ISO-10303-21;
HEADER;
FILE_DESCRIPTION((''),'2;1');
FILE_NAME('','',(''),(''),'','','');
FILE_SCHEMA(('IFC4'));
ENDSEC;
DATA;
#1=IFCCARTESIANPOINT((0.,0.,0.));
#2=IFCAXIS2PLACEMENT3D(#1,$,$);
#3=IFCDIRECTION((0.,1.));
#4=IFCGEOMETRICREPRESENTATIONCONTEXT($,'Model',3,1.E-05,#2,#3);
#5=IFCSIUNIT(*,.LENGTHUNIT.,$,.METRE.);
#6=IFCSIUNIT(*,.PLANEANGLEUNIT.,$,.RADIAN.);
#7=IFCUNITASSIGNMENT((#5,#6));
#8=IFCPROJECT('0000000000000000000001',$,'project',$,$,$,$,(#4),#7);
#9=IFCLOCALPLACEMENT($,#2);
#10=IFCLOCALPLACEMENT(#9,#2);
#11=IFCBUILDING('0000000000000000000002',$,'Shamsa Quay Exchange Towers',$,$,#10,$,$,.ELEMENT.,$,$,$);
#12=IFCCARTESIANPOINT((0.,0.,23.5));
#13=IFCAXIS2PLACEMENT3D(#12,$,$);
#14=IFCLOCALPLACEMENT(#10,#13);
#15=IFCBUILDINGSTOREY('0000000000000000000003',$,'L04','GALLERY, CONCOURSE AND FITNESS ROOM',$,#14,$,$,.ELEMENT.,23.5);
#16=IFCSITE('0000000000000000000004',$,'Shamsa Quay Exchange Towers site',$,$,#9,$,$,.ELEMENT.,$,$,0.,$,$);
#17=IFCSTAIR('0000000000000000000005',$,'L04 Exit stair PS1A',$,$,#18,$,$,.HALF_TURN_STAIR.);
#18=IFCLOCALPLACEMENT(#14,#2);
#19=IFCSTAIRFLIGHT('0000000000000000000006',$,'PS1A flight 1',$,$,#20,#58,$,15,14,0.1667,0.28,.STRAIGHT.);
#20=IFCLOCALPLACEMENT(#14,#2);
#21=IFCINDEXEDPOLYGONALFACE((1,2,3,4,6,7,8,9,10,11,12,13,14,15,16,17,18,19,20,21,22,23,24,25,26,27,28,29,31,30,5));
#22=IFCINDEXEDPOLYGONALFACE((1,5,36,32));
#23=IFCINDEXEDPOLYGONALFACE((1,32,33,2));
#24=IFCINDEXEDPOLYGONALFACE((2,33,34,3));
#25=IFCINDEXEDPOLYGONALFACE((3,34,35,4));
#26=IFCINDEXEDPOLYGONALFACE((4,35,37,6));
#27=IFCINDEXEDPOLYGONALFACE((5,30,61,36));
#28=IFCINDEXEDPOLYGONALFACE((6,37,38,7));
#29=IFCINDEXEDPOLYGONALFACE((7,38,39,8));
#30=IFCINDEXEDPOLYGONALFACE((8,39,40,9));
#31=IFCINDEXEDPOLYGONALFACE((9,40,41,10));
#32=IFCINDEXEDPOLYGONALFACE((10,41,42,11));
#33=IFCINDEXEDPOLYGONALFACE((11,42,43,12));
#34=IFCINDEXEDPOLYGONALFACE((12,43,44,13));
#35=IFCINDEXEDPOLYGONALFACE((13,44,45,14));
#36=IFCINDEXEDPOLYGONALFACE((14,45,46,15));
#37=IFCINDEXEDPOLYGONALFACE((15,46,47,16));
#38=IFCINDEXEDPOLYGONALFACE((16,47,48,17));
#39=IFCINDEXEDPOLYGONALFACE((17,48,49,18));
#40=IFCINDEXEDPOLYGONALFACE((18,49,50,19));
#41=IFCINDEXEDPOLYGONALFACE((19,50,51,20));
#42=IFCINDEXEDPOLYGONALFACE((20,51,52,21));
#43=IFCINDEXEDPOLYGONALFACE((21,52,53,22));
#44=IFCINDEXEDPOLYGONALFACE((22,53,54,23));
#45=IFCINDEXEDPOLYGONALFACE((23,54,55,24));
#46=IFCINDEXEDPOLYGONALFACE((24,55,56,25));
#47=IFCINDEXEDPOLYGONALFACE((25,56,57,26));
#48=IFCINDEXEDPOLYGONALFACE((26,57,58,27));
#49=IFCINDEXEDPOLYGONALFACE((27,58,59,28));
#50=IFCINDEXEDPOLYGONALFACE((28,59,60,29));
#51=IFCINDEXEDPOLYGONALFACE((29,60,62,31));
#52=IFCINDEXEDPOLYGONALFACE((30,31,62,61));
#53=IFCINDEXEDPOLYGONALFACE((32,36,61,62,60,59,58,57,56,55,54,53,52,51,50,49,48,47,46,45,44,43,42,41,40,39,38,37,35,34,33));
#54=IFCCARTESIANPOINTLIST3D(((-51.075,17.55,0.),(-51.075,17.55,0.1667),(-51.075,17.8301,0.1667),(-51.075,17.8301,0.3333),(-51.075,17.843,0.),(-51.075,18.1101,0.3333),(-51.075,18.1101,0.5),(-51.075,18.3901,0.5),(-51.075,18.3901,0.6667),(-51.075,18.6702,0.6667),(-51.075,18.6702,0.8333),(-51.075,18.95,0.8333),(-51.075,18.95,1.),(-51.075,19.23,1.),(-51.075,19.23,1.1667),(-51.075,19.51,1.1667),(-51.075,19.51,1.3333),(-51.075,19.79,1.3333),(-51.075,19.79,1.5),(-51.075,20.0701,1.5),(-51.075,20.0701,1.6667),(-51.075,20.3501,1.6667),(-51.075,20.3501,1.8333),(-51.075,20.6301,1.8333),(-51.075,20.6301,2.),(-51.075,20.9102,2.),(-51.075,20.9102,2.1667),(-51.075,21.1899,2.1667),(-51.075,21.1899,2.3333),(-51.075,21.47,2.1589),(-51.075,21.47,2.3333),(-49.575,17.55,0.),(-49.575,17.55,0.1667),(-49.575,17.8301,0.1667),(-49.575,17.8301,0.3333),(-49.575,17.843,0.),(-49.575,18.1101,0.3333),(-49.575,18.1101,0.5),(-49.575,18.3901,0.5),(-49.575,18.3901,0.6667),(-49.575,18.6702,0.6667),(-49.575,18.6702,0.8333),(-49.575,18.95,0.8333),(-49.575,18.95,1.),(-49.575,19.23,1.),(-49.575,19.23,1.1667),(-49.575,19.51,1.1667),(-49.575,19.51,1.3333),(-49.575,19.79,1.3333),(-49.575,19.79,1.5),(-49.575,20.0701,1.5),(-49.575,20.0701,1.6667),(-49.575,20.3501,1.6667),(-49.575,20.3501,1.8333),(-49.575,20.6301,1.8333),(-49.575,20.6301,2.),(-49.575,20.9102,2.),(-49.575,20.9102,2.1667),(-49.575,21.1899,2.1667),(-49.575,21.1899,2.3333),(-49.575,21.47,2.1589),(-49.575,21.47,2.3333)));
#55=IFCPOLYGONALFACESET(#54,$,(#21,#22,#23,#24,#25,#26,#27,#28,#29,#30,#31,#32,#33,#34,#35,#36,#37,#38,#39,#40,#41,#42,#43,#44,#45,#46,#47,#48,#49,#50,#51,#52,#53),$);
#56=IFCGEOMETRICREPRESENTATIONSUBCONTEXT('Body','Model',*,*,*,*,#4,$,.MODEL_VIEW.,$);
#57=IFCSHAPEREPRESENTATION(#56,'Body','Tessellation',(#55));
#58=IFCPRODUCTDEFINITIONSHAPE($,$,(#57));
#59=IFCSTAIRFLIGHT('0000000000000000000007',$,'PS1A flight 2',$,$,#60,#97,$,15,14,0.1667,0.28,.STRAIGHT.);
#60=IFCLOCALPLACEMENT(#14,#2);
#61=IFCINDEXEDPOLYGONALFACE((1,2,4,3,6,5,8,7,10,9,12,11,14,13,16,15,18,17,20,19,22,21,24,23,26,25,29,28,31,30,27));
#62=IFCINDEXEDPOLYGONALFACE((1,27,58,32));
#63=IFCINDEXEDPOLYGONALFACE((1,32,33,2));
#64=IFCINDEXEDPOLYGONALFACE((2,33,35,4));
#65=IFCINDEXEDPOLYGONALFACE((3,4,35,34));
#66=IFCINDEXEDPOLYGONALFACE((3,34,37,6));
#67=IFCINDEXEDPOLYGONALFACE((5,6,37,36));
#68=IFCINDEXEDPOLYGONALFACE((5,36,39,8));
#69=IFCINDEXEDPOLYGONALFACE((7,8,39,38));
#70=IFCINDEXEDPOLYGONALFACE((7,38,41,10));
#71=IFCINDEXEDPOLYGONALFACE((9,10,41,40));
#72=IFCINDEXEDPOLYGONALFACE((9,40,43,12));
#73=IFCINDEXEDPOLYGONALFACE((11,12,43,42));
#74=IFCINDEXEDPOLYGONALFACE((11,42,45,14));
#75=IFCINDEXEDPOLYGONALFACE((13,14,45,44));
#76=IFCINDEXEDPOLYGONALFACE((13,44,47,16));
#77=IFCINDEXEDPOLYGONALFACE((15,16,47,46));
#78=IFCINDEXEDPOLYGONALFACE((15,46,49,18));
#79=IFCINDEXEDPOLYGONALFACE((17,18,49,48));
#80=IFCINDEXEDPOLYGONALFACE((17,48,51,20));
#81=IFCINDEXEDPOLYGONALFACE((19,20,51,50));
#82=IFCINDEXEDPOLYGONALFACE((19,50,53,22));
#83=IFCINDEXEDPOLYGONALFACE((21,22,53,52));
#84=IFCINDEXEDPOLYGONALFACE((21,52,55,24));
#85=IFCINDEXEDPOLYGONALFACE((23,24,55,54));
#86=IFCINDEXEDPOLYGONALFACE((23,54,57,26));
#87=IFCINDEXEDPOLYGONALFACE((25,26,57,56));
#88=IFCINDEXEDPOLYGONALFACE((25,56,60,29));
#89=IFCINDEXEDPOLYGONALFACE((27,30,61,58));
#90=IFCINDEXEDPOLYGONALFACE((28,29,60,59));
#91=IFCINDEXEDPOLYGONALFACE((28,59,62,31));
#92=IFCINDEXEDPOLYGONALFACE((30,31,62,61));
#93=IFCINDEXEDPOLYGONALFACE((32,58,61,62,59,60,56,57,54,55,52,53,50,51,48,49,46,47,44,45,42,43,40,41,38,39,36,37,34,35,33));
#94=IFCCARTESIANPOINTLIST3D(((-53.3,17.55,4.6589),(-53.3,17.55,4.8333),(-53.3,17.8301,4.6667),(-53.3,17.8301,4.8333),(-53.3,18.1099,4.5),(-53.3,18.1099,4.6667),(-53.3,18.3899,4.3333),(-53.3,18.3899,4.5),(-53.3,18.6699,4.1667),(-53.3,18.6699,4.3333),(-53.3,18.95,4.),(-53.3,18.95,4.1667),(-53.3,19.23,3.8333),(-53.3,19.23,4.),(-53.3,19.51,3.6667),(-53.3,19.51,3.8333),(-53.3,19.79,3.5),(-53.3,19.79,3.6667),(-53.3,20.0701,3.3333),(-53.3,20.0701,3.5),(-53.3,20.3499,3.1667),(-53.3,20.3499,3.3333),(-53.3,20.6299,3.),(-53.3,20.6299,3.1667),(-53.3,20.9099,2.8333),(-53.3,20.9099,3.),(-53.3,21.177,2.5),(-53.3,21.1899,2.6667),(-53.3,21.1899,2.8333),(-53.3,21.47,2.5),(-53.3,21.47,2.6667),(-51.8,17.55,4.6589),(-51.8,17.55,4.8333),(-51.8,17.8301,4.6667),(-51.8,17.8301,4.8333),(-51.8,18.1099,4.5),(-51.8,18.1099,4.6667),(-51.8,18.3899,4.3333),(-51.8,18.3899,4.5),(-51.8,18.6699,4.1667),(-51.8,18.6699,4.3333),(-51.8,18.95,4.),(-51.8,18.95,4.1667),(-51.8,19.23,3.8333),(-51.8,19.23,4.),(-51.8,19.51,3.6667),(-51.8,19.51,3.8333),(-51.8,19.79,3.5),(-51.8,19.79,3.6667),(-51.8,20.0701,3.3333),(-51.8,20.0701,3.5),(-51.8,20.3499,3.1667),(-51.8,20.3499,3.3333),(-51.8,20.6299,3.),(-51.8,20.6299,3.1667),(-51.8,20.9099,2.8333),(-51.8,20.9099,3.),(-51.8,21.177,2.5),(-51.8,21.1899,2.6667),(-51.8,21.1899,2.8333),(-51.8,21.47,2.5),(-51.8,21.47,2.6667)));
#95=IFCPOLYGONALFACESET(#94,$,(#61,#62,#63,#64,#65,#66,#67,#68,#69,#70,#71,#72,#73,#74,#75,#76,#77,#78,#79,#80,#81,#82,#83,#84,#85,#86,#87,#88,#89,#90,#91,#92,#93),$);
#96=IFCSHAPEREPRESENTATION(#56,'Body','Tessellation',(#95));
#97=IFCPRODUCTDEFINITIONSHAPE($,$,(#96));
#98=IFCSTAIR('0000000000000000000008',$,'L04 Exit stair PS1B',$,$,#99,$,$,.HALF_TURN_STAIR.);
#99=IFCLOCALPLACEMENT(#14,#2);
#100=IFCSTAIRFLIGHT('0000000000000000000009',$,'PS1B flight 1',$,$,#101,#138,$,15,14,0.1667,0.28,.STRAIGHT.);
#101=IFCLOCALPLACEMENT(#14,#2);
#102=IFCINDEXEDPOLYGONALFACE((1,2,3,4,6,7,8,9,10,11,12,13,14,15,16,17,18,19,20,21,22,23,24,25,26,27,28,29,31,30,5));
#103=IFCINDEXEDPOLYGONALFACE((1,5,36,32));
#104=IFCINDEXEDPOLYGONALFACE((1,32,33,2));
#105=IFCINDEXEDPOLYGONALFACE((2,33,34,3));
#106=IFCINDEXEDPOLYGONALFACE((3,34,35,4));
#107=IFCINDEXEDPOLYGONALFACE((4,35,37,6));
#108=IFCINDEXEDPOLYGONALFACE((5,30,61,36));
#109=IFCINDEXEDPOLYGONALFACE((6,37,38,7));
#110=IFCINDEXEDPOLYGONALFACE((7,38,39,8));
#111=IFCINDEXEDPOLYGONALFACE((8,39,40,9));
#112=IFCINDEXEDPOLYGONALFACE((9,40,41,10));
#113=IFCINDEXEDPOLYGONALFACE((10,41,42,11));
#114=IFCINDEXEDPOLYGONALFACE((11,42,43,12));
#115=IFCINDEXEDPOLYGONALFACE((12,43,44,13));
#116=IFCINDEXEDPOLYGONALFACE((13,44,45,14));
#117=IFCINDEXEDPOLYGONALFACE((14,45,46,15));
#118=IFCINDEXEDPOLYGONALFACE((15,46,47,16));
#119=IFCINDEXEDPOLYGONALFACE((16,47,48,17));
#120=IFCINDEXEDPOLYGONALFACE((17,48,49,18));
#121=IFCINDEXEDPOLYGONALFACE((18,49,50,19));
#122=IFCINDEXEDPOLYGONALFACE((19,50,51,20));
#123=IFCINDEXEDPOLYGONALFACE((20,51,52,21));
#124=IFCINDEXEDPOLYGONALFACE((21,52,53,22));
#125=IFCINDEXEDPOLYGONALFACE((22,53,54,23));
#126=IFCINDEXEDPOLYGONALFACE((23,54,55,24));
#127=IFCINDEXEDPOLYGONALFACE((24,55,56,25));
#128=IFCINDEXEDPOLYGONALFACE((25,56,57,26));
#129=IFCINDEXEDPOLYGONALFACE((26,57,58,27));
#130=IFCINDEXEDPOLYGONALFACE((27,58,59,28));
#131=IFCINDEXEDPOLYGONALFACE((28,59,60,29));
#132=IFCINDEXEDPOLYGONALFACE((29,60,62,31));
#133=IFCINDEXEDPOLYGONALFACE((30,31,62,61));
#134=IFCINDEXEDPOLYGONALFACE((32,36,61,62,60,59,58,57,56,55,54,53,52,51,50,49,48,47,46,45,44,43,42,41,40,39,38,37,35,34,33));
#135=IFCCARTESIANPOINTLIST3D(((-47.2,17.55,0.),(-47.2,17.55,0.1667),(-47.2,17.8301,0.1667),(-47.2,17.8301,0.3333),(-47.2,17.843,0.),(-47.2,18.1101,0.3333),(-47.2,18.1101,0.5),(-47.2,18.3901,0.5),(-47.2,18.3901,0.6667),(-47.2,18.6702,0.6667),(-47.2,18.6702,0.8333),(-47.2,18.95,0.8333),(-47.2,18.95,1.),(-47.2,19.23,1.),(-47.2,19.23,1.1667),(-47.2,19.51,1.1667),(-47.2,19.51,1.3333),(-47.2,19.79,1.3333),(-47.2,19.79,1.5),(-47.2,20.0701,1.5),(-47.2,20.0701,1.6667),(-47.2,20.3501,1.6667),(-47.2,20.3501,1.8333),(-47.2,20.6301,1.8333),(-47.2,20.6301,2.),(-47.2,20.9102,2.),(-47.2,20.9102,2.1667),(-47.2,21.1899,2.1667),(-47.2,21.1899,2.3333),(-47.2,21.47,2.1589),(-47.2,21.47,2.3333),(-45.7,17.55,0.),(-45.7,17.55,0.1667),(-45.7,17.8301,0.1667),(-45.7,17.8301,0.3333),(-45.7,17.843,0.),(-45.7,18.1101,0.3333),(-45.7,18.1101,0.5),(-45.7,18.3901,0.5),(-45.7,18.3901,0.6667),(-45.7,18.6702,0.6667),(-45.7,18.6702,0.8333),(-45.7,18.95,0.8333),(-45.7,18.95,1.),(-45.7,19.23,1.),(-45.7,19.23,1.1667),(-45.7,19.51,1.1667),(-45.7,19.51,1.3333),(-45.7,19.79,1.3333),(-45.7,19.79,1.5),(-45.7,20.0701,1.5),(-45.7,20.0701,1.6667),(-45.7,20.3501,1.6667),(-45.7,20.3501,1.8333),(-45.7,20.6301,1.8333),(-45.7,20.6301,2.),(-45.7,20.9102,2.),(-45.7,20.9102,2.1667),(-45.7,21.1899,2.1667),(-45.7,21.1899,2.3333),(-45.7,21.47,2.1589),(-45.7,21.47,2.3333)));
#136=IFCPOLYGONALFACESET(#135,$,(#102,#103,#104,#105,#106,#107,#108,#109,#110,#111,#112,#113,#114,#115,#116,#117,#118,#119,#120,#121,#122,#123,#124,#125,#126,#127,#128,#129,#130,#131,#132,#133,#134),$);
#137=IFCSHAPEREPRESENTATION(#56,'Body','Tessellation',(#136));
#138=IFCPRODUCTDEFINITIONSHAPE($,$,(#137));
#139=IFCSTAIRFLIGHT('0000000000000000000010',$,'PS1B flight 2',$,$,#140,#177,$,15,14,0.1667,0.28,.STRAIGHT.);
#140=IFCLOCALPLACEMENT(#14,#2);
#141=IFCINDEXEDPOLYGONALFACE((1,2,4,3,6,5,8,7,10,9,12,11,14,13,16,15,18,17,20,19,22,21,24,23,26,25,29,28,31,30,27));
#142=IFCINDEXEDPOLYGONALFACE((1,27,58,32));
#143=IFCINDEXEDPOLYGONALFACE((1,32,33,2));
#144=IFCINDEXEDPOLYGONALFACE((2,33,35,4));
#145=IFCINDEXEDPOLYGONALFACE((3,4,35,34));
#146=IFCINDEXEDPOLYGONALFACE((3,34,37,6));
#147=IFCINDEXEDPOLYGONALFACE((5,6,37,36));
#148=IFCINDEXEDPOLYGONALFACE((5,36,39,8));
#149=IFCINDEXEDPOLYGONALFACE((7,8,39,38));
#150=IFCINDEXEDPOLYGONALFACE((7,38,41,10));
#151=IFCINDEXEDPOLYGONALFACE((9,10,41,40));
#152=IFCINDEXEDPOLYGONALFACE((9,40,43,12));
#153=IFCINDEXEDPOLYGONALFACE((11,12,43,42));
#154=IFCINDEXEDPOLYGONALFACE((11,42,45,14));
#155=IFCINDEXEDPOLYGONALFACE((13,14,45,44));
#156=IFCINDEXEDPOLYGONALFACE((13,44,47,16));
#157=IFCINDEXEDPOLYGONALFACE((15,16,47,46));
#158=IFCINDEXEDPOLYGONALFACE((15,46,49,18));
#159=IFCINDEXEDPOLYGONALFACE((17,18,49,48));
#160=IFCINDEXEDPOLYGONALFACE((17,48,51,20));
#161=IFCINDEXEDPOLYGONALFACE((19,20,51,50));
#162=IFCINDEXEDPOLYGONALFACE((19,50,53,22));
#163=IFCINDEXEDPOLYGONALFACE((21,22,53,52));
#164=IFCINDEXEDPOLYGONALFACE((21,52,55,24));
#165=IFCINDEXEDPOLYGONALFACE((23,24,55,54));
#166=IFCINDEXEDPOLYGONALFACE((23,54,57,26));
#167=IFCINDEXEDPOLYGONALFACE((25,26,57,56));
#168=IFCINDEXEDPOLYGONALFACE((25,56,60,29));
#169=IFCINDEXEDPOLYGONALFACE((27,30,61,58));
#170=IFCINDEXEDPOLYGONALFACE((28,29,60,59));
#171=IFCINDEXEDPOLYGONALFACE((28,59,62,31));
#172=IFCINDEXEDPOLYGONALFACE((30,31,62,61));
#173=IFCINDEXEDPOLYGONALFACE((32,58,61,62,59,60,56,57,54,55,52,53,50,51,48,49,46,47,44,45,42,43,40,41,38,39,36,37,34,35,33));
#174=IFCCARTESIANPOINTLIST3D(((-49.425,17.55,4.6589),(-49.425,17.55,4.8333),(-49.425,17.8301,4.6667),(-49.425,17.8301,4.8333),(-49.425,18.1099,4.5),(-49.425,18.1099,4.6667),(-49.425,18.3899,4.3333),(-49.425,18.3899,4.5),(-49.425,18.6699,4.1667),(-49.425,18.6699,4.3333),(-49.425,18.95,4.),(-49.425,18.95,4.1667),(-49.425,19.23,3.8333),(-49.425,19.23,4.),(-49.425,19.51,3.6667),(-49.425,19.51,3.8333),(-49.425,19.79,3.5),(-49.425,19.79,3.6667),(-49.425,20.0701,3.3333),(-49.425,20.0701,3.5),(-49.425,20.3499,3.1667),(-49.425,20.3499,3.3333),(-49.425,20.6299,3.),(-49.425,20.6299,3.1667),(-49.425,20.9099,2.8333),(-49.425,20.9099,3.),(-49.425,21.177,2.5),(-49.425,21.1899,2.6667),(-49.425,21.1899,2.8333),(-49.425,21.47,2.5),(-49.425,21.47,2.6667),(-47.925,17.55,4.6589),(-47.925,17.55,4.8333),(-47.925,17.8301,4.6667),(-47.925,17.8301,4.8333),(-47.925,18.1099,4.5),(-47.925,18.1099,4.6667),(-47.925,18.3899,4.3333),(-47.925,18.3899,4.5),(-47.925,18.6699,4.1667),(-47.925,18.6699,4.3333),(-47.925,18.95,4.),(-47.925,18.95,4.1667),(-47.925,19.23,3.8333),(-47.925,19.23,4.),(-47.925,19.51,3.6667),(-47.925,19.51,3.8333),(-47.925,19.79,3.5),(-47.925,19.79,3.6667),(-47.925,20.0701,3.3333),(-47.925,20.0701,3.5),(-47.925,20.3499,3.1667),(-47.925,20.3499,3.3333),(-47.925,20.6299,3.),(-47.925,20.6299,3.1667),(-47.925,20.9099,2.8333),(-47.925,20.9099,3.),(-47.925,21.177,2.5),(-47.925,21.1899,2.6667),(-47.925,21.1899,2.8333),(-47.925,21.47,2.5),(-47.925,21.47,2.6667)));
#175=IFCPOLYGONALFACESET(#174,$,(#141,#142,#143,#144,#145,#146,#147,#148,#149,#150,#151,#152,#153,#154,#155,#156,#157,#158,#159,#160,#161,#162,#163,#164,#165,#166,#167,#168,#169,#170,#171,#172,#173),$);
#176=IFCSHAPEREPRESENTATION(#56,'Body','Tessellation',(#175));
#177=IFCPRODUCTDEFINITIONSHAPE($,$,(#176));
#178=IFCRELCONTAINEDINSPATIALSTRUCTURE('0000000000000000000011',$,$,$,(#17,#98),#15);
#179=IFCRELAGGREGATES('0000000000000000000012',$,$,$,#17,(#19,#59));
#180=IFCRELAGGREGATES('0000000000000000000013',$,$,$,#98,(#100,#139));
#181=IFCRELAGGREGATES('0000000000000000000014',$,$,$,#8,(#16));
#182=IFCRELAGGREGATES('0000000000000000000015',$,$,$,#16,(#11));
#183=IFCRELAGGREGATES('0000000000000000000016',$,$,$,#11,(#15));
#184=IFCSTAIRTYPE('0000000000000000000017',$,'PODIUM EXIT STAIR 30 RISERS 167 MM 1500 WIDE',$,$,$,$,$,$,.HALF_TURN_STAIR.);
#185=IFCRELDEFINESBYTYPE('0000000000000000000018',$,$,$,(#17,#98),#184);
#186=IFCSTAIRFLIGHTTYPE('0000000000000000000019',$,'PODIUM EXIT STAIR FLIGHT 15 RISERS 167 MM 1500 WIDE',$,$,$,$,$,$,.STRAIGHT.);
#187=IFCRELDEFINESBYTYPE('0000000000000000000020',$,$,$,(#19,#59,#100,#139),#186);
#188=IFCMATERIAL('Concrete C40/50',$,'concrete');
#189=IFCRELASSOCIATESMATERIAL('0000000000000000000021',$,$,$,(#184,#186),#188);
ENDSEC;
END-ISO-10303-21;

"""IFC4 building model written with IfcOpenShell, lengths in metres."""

from ifc_helpers import new_model, si_unit, direction, frame, origin, place, context, subcontext, project, spatial, polyline, outline, extrude, material, type_object, element, aggregate, save


model = new_model("IFC4")

# Units and contexts
model_context = context("Model", 3, precision=1e-05, world=origin(), true_north=direction((0.0, 1.0)))
body_context = subcontext(model_context, "Body", "Model", "MODEL_VIEW")
ifc_project = project(units=[si_unit("LENGTHUNIT", "METRE"), si_unit("PLANEANGLEUNIT", "RADIAN")], contexts=[model_context])

# Site, building, storey
site_placement = place(None, origin())
site = spatial("IfcSite", under=ifc_project, at=site_placement, Name="Shamsa Quay Exchange Towers site", CompositionType="ELEMENT", RefElevation=0.0)
building_placement = place(site_placement, origin())
building = spatial("IfcBuilding", under=site, at=building_placement, Name="Shamsa Quay Exchange Towers", CompositionType="ELEMENT")
storey_placement = place(building_placement, frame((0.0, 0.0, 23.5)))
storey = spatial("IfcBuildingStorey", under=building, at=storey_placement, Name="L04", Description="GALLERY, CONCOURSE AND FITNESS ROOM", CompositionType="ELEMENT", Elevation=23.5)

# Stairs, stair flights
ifc_material_1 = material(Name="Concrete C40/50", Category="concrete")
stair_type = type_object("IfcStairType", Name="PODIUM EXIT STAIR 30 RISERS 167 MM 1500 WIDE", PredefinedType="HALF_TURN_STAIR", material=ifc_material_1)
stair_1_placement = place(storey_placement, origin())
stair_1 = element("IfcStair", 1, at=stair_1_placement, inside=storey, type_object=stair_type, Name="L04 Exit stair PS1A", PredefinedType="HALF_TURN_STAIR")
stair_flight_type = type_object("IfcStairFlightType", Name="PODIUM EXIT STAIR FLIGHT 15 RISERS 167 MM 1500 WIDE", PredefinedType="STRAIGHT", material=ifc_material_1)
stair_flight_1_placement = place(storey_placement, frame((-50.325, 17.55, 0.0), z_axis=(0.0, 0.0, 1.0), x_axis=(0.0, 1.0, 0.0)))
stair_flight_1 = element("IfcStairFlight", 2, at=stair_flight_1_placement, type_object=stair_flight_type, Name="PS1A flight 1", NumberOfRisers=15, NumberOfTreads=14, PredefinedType="STRAIGHT", RiserHeight=0.1667, TreadLength=0.28, context=body_context, shape_type="SweptSolid", body=[
    extrude(outline(polyline([(0.0, 0.0), (0.0, 0.1667), (0.28, 0.1667), (0.28, 0.3333), (0.5601, 0.3333), (0.5601, 0.5), (0.8401, 0.5), (0.8401, 0.6667), (1.1201, 0.6667), (1.1201, 0.8333), (1.3999, 0.8333), (1.3999, 1.0), (1.6799, 1.0), (1.6799, 1.1667), (1.96, 1.1667), (1.96, 1.3333), (2.24, 1.3333), (2.24, 1.5), (2.52, 1.5), (2.52, 1.6667), (2.8, 1.6667), (2.8, 1.8333), (3.0801, 1.8333), (3.0801, 2.0), (3.3601, 2.0), (3.3601, 2.1667), (3.6399, 2.1667), (3.6399, 2.3333), (3.9199, 2.3333), (3.9199, 2.5), (3.9199, 2.1589), (0.293, 0.0), (0.0, 0.0)])), frame((0.0, 0.75, 0.0), z_axis=(0.0, -1.0, 0.0), x_axis=(1.0, 0.0, 0.0)), (0.0, 0.0, 1.0), 1.5),
])
stair_flight_2_placement = place(storey_placement, frame((-52.55, 21.47, 2.5), z_axis=(0.0, 0.0, 1.0), x_axis=(0.0, -1.0, 0.0)))
stair_flight_2 = element("IfcStairFlight", 3, at=stair_flight_2_placement, type_object=stair_flight_type, Name="PS1A flight 2", NumberOfRisers=15, NumberOfTreads=14, PredefinedType="STRAIGHT", RiserHeight=0.1667, TreadLength=0.28, context=body_context, shape_type="SweptSolid", body=[
    extrude(outline(polyline([(0.0, 0.0), (0.0, 0.1667), (0.28, 0.1667), (0.28, 0.3333), (0.5601, 0.3333), (0.5601, 0.5), (0.8401, 0.5), (0.8401, 0.6667), (1.1201, 0.6667), (1.1201, 0.8333), (1.3999, 0.8333), (1.3999, 1.0), (1.6799, 1.0), (1.6799, 1.1667), (1.96, 1.1667), (1.96, 1.3333), (2.24, 1.3333), (2.24, 1.5), (2.52, 1.5), (2.52, 1.6667), (2.8, 1.6667), (2.8, 1.8333), (3.0801, 1.8333), (3.0801, 2.0), (3.3601, 2.0), (3.3601, 2.1667), (3.6399, 2.1667), (3.6399, 2.3333), (3.9199, 2.3333), (3.9199, 2.5), (3.9199, 2.1589), (0.293, 0.0), (0.0, 0.0)])), frame((0.0, 0.75, 0.0), z_axis=(0.0, -1.0, 0.0), x_axis=(1.0, 0.0, 0.0)), (0.0, 0.0, 1.0), 1.5),
])
aggregate(stair_1, [stair_flight_1, stair_flight_2])
stair_2_placement = place(storey_placement, origin())
stair_2 = element("IfcStair", 4, at=stair_2_placement, inside=storey, type_object=stair_type, Name="L04 Exit stair PS1B", PredefinedType="HALF_TURN_STAIR")
stair_flight_3_placement = place(storey_placement, frame((-46.45, 17.55, 0.0), z_axis=(0.0, 0.0, 1.0), x_axis=(0.0, 1.0, 0.0)))
stair_flight_3 = element("IfcStairFlight", 5, at=stair_flight_3_placement, type_object=stair_flight_type, Name="PS1B flight 1", NumberOfRisers=15, NumberOfTreads=14, PredefinedType="STRAIGHT", RiserHeight=0.1667, TreadLength=0.28, context=body_context, shape_type="SweptSolid", body=[
    extrude(outline(polyline([(0.0, 0.0), (0.0, 0.1667), (0.28, 0.1667), (0.28, 0.3333), (0.5601, 0.3333), (0.5601, 0.5), (0.8401, 0.5), (0.8401, 0.6667), (1.1201, 0.6667), (1.1201, 0.8333), (1.3999, 0.8333), (1.3999, 1.0), (1.6799, 1.0), (1.6799, 1.1667), (1.96, 1.1667), (1.96, 1.3333), (2.24, 1.3333), (2.24, 1.5), (2.52, 1.5), (2.52, 1.6667), (2.8, 1.6667), (2.8, 1.8333), (3.0801, 1.8333), (3.0801, 2.0), (3.3601, 2.0), (3.3601, 2.1667), (3.6399, 2.1667), (3.6399, 2.3333), (3.9199, 2.3333), (3.9199, 2.5), (3.9199, 2.1589), (0.293, 0.0), (0.0, 0.0)])), frame((0.0, 0.75, 0.0), z_axis=(0.0, -1.0, 0.0), x_axis=(1.0, 0.0, 0.0)), (0.0, 0.0, 1.0), 1.5),
])
stair_flight_4_placement = place(storey_placement, frame((-48.675, 21.47, 2.5), z_axis=(0.0, 0.0, 1.0), x_axis=(0.0, -1.0, 0.0)))
stair_flight_4 = element("IfcStairFlight", 6, at=stair_flight_4_placement, type_object=stair_flight_type, Name="PS1B flight 2", NumberOfRisers=15, NumberOfTreads=14, PredefinedType="STRAIGHT", RiserHeight=0.1667, TreadLength=0.28, context=body_context, shape_type="SweptSolid", body=[
    extrude(outline(polyline([(0.0, 0.0), (0.0, 0.1667), (0.28, 0.1667), (0.28, 0.3333), (0.5601, 0.3333), (0.5601, 0.5), (0.8401, 0.5), (0.8401, 0.6667), (1.1201, 0.6667), (1.1201, 0.8333), (1.3999, 0.8333), (1.3999, 1.0), (1.6799, 1.0), (1.6799, 1.1667), (1.96, 1.1667), (1.96, 1.3333), (2.24, 1.3333), (2.24, 1.5), (2.52, 1.5), (2.52, 1.6667), (2.8, 1.6667), (2.8, 1.8333), (3.0801, 1.8333), (3.0801, 2.0), (3.3601, 2.0), (3.3601, 2.1667), (3.6399, 2.1667), (3.6399, 2.3333), (3.9199, 2.3333), (3.9199, 2.5), (3.9199, 2.1589), (0.293, 0.0), (0.0, 0.0)])), frame((0.0, 0.75, 0.0), z_axis=(0.0, -1.0, 0.0), x_axis=(1.0, 0.0, 0.0)), (0.0, 0.0, 1.0), 1.5),
])
aggregate(stair_2, [stair_flight_3, stair_flight_4])

save(model, "model.ifc")
